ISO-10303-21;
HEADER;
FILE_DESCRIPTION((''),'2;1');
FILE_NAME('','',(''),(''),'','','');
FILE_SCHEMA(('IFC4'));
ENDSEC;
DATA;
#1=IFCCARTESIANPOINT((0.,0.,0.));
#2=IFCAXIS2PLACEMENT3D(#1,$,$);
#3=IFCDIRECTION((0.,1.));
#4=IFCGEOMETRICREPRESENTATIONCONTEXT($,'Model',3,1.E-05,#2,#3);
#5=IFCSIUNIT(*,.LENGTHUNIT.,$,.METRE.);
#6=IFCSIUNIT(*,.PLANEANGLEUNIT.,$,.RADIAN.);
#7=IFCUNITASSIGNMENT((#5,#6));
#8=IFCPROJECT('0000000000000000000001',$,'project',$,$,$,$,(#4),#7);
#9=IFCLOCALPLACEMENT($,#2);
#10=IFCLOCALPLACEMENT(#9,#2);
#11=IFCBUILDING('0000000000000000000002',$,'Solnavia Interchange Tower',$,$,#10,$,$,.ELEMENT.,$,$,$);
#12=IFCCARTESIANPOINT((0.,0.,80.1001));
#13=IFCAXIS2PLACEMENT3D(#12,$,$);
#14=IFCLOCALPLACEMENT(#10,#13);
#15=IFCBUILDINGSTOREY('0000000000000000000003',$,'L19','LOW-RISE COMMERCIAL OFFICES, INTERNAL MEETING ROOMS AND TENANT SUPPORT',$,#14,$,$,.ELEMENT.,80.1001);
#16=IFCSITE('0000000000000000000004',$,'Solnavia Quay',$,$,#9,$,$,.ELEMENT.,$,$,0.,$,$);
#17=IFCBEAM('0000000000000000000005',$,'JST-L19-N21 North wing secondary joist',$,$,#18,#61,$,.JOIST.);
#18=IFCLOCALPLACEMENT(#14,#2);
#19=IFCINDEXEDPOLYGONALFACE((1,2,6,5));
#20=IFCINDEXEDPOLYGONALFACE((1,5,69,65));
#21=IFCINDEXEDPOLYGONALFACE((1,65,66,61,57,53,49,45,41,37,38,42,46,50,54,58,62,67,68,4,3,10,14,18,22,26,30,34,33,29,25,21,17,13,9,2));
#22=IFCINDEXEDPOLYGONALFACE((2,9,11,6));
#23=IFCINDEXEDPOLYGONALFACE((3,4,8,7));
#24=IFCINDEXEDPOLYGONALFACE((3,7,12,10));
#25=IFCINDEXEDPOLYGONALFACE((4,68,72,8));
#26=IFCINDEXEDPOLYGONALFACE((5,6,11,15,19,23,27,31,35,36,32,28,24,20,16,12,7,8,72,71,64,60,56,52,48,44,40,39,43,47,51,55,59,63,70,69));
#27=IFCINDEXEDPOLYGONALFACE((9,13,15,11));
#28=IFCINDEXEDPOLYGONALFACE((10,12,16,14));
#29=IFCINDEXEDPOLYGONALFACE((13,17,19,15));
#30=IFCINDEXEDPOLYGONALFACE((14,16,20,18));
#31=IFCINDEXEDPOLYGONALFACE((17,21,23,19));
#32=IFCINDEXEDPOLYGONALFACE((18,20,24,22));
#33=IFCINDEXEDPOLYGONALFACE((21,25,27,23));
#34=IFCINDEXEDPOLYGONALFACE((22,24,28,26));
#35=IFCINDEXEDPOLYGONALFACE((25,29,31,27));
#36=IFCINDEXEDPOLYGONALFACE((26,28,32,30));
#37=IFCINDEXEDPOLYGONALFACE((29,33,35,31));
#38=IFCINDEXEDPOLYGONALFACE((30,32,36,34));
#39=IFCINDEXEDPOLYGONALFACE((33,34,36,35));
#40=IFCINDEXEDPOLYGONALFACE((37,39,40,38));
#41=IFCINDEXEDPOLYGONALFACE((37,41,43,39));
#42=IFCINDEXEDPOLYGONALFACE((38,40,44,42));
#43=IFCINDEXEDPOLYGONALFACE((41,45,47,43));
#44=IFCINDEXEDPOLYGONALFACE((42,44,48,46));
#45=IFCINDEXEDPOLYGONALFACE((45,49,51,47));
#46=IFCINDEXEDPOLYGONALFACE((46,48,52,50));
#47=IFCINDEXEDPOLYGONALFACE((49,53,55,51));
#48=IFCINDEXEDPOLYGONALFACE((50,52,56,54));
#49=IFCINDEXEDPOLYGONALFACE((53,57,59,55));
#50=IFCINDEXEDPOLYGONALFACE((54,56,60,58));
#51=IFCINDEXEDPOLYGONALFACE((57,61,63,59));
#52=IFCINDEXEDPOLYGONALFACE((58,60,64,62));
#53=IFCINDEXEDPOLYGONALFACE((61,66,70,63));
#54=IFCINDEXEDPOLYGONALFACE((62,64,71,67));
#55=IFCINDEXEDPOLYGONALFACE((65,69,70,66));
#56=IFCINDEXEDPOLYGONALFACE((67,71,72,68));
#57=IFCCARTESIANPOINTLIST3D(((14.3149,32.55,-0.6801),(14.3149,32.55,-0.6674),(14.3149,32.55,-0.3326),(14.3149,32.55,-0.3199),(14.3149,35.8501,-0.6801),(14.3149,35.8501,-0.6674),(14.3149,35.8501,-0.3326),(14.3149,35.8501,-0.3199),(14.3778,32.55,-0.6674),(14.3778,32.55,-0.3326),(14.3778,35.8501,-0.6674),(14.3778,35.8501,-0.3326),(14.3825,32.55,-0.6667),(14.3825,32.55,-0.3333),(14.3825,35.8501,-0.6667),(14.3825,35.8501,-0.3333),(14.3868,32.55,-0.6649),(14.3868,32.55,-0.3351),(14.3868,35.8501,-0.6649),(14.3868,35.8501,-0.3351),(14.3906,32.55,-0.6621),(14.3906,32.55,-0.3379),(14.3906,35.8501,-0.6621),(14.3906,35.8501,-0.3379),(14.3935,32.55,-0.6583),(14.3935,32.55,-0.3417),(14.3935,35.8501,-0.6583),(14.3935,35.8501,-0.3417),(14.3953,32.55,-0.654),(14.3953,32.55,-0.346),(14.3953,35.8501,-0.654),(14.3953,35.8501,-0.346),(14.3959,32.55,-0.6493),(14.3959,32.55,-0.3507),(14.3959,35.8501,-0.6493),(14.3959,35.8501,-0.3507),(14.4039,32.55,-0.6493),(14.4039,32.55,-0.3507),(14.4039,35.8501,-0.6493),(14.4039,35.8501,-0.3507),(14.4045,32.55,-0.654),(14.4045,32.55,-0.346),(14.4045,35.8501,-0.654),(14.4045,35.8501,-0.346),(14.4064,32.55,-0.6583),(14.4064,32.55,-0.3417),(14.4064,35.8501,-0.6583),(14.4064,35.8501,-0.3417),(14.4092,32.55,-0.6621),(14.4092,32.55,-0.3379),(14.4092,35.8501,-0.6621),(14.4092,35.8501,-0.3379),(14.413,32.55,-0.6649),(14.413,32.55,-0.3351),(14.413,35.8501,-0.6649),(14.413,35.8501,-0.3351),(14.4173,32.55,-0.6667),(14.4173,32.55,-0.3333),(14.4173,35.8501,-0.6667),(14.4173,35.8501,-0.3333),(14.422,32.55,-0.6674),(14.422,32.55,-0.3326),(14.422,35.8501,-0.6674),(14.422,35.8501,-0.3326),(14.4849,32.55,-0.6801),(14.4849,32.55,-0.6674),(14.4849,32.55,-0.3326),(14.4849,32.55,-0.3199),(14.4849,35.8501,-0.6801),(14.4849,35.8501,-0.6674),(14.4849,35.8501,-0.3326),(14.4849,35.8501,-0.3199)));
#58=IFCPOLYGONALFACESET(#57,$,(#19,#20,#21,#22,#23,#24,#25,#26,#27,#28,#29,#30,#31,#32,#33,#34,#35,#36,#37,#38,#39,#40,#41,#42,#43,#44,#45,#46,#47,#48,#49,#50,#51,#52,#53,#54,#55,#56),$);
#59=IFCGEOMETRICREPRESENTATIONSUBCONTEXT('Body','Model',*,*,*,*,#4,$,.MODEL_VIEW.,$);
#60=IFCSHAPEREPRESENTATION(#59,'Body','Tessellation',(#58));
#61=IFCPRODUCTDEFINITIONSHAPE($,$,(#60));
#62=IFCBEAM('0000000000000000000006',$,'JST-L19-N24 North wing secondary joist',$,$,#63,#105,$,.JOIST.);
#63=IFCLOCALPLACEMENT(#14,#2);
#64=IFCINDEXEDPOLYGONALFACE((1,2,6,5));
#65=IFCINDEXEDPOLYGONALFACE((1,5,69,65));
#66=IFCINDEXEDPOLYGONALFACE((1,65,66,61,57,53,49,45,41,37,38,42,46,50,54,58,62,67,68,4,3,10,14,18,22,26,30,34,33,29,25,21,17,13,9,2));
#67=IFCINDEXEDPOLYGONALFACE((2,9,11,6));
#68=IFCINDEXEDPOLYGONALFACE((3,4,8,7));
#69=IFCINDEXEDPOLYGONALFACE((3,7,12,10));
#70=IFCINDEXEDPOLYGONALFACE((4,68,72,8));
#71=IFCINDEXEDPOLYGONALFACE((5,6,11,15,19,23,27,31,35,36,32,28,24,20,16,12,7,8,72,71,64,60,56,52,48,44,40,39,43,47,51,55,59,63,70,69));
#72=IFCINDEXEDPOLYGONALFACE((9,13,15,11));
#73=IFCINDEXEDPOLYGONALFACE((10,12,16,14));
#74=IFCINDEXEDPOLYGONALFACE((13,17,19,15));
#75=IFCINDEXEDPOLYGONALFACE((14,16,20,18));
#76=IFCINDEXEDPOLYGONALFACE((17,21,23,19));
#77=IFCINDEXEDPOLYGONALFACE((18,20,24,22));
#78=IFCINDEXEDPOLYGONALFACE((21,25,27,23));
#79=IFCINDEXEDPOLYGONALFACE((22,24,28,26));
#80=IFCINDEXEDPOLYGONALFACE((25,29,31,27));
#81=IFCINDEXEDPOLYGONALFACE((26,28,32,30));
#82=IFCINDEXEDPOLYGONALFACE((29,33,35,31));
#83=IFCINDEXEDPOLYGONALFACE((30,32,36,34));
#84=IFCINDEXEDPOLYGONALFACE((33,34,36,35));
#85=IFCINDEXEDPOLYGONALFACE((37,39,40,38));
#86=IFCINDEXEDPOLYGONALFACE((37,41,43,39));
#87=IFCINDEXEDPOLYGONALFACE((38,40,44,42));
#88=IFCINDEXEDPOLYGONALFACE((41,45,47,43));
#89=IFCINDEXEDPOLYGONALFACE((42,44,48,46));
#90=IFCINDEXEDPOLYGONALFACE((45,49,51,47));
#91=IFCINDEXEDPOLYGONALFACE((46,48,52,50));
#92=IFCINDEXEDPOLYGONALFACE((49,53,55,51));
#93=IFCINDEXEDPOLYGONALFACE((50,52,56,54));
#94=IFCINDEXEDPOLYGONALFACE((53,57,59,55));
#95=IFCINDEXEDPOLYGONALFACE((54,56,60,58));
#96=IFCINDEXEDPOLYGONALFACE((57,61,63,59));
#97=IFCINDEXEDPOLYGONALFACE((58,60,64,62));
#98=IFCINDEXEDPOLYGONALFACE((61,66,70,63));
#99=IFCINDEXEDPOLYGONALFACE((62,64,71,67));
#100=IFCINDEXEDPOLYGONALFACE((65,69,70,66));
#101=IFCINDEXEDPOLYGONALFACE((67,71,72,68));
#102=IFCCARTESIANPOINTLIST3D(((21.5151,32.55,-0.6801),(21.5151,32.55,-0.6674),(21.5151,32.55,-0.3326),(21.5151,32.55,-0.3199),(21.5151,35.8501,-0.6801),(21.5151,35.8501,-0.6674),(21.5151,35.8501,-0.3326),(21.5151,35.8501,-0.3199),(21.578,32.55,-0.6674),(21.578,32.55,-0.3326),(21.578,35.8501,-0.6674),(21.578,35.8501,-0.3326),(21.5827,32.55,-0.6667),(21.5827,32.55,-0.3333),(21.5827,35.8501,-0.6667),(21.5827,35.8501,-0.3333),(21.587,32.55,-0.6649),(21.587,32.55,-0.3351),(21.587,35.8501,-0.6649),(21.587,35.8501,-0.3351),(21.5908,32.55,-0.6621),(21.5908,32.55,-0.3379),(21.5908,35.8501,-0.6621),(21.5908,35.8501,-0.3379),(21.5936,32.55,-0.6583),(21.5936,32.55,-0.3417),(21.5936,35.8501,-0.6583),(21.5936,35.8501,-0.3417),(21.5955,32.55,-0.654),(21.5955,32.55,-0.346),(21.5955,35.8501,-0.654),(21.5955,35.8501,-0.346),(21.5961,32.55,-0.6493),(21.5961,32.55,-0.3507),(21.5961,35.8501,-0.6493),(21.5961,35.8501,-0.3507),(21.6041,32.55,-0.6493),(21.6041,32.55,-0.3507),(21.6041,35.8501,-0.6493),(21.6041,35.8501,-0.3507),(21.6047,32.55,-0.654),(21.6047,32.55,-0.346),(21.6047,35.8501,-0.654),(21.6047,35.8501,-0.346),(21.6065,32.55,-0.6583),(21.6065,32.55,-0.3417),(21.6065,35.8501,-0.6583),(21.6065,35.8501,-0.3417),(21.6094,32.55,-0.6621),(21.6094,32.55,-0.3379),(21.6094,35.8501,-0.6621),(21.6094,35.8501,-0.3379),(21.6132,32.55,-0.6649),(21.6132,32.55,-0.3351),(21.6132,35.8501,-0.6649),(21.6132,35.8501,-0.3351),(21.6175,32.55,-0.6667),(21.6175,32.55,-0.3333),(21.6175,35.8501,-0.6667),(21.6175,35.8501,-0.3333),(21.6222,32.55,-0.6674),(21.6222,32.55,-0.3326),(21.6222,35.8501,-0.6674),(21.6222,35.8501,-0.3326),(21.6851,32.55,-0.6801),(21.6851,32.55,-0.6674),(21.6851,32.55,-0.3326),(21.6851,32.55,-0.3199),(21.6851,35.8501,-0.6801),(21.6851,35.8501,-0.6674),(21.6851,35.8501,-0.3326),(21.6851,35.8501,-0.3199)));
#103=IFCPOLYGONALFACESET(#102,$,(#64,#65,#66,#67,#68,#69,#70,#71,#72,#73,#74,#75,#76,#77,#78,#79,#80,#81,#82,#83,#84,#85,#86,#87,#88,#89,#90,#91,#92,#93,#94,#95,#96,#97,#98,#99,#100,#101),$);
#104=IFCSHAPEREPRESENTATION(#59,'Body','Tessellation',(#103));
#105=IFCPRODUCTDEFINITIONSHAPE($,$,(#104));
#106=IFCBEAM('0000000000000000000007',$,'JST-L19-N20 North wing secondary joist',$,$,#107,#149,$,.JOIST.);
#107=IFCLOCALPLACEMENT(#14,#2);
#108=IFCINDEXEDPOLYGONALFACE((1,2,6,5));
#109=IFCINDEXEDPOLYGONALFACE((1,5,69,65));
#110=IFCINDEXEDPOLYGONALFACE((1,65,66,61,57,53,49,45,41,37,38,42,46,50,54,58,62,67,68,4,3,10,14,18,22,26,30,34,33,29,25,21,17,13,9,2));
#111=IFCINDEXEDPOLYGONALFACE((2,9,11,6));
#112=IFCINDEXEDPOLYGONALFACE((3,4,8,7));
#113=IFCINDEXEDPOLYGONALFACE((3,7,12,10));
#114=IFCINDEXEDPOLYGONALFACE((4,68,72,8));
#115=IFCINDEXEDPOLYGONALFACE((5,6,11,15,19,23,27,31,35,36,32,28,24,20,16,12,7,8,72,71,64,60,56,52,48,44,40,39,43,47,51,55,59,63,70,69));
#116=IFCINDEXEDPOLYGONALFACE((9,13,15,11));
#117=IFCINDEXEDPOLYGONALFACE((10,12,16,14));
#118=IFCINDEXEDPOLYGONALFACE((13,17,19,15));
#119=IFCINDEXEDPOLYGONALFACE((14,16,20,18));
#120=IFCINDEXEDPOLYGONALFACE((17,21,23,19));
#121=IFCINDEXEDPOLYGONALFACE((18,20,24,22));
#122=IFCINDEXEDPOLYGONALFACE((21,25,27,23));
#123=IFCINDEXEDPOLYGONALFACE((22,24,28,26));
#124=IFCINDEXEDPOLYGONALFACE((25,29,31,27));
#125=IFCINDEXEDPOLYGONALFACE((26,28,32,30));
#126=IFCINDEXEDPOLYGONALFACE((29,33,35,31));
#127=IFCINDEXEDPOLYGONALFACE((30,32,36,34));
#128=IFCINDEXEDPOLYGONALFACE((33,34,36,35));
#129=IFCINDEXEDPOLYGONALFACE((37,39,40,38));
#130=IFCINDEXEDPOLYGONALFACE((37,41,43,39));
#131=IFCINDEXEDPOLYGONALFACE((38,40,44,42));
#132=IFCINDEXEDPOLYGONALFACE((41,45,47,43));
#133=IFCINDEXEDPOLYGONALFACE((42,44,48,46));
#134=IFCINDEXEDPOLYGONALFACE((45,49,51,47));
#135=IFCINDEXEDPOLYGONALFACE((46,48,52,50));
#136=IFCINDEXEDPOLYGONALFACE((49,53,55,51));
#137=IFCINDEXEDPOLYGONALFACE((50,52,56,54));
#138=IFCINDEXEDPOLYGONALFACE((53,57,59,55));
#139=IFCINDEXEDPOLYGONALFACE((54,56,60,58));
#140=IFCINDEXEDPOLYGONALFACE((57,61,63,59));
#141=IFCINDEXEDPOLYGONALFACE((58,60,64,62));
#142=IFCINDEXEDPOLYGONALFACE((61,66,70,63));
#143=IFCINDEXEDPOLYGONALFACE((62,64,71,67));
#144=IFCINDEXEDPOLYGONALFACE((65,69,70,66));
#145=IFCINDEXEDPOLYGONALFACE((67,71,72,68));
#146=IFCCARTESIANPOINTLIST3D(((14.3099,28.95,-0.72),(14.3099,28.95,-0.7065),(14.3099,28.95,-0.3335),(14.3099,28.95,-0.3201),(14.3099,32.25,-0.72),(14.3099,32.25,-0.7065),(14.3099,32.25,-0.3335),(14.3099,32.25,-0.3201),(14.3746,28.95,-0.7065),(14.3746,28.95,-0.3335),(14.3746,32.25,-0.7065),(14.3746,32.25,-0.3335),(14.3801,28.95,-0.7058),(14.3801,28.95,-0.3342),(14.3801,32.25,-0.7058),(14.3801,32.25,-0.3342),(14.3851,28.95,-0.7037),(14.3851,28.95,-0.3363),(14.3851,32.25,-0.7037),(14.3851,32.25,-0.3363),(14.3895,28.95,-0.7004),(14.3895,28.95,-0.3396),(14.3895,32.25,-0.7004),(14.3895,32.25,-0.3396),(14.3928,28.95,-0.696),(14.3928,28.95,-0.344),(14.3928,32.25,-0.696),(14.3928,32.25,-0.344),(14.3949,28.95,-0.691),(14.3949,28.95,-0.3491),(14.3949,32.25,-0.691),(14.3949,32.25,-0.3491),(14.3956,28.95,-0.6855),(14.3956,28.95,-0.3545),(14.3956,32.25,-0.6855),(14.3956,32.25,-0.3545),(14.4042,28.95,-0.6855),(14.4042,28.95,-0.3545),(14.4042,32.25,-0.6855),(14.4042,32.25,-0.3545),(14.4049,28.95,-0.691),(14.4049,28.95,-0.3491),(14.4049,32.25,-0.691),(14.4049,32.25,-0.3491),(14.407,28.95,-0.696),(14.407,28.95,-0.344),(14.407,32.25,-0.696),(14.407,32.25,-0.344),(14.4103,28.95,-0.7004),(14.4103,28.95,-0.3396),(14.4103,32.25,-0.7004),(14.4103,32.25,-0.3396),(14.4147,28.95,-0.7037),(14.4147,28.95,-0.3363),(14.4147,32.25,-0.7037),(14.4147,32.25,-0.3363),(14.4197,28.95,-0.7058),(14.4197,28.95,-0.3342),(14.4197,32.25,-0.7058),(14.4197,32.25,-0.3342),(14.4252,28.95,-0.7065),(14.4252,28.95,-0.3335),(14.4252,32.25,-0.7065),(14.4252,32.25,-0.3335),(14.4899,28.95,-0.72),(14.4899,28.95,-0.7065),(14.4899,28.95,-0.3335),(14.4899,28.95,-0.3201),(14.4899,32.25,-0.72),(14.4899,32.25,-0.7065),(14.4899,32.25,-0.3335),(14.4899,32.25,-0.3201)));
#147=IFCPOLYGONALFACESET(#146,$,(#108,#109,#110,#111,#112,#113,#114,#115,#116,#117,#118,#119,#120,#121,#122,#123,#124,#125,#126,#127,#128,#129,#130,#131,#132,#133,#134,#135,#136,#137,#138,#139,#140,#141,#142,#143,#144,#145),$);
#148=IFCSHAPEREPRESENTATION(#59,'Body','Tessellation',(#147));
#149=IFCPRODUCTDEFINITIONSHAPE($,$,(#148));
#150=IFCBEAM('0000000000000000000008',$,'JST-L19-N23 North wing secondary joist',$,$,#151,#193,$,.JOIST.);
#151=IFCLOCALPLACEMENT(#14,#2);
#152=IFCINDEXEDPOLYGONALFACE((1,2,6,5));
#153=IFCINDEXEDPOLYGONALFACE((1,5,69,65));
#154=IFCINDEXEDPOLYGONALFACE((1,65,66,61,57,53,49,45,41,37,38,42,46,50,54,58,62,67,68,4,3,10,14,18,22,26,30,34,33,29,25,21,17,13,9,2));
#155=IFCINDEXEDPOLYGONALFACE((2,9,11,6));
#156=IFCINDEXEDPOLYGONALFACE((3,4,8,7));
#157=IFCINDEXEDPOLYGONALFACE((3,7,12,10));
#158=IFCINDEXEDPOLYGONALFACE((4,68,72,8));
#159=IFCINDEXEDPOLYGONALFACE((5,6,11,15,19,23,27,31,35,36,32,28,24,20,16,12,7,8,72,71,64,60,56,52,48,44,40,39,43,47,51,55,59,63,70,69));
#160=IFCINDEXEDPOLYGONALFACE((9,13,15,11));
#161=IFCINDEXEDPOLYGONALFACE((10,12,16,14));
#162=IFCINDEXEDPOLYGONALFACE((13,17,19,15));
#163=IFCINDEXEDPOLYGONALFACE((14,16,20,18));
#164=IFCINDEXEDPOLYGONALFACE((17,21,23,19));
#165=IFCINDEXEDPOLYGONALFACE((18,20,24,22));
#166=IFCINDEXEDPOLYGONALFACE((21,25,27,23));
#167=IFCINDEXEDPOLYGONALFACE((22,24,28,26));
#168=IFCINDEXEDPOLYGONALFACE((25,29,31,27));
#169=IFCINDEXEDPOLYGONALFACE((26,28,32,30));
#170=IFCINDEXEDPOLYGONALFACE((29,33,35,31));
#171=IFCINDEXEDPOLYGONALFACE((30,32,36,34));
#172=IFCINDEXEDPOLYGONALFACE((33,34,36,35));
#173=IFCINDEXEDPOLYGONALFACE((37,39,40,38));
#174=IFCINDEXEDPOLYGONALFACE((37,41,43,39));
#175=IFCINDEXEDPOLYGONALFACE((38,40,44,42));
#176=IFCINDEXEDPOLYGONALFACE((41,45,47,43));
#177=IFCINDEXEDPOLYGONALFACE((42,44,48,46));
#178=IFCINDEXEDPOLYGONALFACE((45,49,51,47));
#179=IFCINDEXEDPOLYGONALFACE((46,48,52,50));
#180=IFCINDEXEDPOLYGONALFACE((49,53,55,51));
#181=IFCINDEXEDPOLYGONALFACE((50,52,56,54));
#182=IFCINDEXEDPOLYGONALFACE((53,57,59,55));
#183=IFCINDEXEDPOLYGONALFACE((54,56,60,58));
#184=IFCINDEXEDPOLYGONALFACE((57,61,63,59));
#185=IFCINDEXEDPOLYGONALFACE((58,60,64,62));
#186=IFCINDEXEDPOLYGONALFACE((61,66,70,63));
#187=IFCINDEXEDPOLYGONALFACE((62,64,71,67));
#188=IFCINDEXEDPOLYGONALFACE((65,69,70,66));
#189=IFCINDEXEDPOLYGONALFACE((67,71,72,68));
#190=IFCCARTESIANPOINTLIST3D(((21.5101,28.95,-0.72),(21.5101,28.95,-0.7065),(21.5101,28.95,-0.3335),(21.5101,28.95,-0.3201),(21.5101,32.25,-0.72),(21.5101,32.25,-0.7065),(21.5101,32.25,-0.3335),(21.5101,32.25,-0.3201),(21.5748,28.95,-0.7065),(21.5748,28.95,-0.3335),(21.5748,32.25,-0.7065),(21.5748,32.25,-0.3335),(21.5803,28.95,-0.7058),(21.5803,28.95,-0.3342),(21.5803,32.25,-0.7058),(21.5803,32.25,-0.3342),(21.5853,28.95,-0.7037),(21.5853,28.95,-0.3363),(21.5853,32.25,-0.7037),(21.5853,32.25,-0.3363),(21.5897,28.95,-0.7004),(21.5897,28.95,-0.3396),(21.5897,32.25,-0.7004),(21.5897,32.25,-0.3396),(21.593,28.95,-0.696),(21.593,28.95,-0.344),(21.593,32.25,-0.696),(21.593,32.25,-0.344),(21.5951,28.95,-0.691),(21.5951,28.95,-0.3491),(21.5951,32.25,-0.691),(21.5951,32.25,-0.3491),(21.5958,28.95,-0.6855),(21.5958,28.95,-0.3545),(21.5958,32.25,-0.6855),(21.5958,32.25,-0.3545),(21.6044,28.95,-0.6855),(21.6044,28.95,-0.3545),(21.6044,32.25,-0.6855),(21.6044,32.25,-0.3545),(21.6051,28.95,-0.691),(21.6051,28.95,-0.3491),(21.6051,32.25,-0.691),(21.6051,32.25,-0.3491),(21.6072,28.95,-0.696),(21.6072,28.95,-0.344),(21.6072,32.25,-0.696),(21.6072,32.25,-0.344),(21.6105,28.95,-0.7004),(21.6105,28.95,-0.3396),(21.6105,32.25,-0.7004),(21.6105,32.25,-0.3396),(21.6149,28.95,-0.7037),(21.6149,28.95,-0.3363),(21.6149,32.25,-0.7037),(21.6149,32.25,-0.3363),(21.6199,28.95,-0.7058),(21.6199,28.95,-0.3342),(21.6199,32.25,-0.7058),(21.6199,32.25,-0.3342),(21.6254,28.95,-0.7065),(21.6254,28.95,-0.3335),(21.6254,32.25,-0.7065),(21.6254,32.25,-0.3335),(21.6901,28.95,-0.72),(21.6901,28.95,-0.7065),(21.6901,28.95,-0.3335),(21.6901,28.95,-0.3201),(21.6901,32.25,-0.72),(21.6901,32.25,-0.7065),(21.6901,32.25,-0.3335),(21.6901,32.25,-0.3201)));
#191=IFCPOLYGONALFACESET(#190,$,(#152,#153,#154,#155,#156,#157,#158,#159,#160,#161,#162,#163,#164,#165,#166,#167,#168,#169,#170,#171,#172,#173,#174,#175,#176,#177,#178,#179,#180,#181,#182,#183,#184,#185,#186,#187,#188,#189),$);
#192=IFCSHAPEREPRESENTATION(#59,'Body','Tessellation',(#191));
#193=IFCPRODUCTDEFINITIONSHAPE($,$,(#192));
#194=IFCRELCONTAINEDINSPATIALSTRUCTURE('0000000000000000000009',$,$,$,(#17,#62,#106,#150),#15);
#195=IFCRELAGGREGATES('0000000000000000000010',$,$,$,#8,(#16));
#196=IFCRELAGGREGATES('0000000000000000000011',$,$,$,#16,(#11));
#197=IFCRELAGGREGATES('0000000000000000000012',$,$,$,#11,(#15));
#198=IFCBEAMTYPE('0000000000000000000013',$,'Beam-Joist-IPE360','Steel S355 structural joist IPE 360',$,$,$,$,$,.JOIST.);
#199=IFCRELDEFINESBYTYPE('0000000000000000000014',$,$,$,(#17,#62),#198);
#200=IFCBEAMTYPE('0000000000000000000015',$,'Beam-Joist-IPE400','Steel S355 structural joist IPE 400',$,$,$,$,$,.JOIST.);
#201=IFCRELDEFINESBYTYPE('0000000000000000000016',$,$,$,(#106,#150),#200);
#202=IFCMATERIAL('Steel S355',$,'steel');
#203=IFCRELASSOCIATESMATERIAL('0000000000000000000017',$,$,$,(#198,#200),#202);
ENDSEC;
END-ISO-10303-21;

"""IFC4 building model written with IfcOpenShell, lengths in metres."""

from ifc_helpers import new_model, si_unit, direction, frame, origin, origin_2d, place, context, subcontext, project, spatial, i_section, extrude, material, material_profile, profile_set, type_object, element, save


model = new_model("IFC4")

# Units and contexts
model_context = context("Model", 3, precision=1e-05, world=origin(), true_north=direction((0.0, 1.0)))
body_context = subcontext(model_context, "Body", "Model", "MODEL_VIEW")
ifc_project = project(units=[si_unit("LENGTHUNIT", "METRE"), si_unit("PLANEANGLEUNIT", "RADIAN")], contexts=[model_context])

# Site, building, storey
site_placement = place(None, origin())
site = spatial("IfcSite", under=ifc_project, at=site_placement, Name="Solnavia Quay", CompositionType="ELEMENT", RefElevation=0.0)
building_placement = place(site_placement, origin())
building = spatial("IfcBuilding", under=site, at=building_placement, Name="Solnavia Interchange Tower", CompositionType="ELEMENT")
storey_placement = place(building_placement, frame((0.0, 0.0, 80.1001)))
storey = spatial("IfcBuildingStorey", under=building, at=storey_placement, Name="L19", Description="LOW-RISE COMMERCIAL OFFICES, INTERNAL MEETING ROOMS AND TENANT SUPPORT", CompositionType="ELEMENT", Elevation=80.1001)

# Shared definitions
ifc_material_1 = material(Name="Steel S355", Category="steel")

# Beams
ifc_material_profile_1 = material_profile(ifc_material_1, i_section(OverallWidth=0.1699, OverallDepth=0.3601, WebThickness=0.0081, FlangeThickness=0.0127, FilletRadius=0.0181, at=origin_2d()), Name="IPE 360")
ifc_profile_set_1 = profile_set([ifc_material_profile_1], Name="Steel S355")
beam_type_1 = type_object("IfcBeamType", Name="Beam-Joist-IPE360", Description="Steel S355 structural joist IPE 360", PredefinedType="JOIST", material=ifc_profile_set_1)
for number, where, z_axis, x_axis, name in (
    (1, (14.3999, 32.55, -0.5), (0.0, 1.0, 0.0), (-1.0, 0.0, 0.0), "JST-L19-N21 North wing secondary joist"),
    (2, (21.6001, 32.55, -0.5), (0.0, 1.0, 0.0), (-1.0, 0.0, 0.0), "JST-L19-N24 North wing secondary joist"),
):
    element("IfcBeam", number, at=place(storey_placement, frame(where, z_axis=z_axis, x_axis=x_axis)), inside=storey, type_object=beam_type_1, Name=name, PredefinedType="JOIST", context=body_context, shape_type="SweptSolid", body=[
        extrude(i_section(OverallWidth=0.1699, OverallDepth=0.3601, WebThickness=0.0081, FlangeThickness=0.0127, FilletRadius=0.0181, at=origin_2d()), origin(), (0.0, 0.0, 1.0), 3.3),
    ])
ifc_material_profile_2 = material_profile(ifc_material_1, i_section(OverallWidth=0.1799, OverallDepth=0.3999, WebThickness=0.0085, FlangeThickness=0.0134, FilletRadius=0.021, at=origin_2d()), Name="IPE 400")
ifc_profile_set_2 = profile_set([ifc_material_profile_2], Name="Steel S355")
beam_type_2 = type_object("IfcBeamType", Name="Beam-Joist-IPE400", Description="Steel S355 structural joist IPE 400", PredefinedType="JOIST", material=ifc_profile_set_2)
for number, where, z_axis, x_axis, name in (
    (3, (14.3999, 28.95, -0.52), (0.0, 1.0, 0.0), (-1.0, 0.0, 0.0), "JST-L19-N20 North wing secondary joist"),
    (4, (21.6001, 28.95, -0.52), (0.0, 1.0, 0.0), (-1.0, 0.0, 0.0), "JST-L19-N23 North wing secondary joist"),
):
    element("IfcBeam", number, at=place(storey_placement, frame(where, z_axis=z_axis, x_axis=x_axis)), inside=storey, type_object=beam_type_2, Name=name, PredefinedType="JOIST", context=body_context, shape_type="SweptSolid", body=[
        extrude(i_section(OverallWidth=0.1799, OverallDepth=0.3999, WebThickness=0.0085, FlangeThickness=0.0134, FilletRadius=0.021, at=origin_2d()), origin(), (0.0, 0.0, 1.0), 3.3),
    ])

save(model, "model.ifc")
